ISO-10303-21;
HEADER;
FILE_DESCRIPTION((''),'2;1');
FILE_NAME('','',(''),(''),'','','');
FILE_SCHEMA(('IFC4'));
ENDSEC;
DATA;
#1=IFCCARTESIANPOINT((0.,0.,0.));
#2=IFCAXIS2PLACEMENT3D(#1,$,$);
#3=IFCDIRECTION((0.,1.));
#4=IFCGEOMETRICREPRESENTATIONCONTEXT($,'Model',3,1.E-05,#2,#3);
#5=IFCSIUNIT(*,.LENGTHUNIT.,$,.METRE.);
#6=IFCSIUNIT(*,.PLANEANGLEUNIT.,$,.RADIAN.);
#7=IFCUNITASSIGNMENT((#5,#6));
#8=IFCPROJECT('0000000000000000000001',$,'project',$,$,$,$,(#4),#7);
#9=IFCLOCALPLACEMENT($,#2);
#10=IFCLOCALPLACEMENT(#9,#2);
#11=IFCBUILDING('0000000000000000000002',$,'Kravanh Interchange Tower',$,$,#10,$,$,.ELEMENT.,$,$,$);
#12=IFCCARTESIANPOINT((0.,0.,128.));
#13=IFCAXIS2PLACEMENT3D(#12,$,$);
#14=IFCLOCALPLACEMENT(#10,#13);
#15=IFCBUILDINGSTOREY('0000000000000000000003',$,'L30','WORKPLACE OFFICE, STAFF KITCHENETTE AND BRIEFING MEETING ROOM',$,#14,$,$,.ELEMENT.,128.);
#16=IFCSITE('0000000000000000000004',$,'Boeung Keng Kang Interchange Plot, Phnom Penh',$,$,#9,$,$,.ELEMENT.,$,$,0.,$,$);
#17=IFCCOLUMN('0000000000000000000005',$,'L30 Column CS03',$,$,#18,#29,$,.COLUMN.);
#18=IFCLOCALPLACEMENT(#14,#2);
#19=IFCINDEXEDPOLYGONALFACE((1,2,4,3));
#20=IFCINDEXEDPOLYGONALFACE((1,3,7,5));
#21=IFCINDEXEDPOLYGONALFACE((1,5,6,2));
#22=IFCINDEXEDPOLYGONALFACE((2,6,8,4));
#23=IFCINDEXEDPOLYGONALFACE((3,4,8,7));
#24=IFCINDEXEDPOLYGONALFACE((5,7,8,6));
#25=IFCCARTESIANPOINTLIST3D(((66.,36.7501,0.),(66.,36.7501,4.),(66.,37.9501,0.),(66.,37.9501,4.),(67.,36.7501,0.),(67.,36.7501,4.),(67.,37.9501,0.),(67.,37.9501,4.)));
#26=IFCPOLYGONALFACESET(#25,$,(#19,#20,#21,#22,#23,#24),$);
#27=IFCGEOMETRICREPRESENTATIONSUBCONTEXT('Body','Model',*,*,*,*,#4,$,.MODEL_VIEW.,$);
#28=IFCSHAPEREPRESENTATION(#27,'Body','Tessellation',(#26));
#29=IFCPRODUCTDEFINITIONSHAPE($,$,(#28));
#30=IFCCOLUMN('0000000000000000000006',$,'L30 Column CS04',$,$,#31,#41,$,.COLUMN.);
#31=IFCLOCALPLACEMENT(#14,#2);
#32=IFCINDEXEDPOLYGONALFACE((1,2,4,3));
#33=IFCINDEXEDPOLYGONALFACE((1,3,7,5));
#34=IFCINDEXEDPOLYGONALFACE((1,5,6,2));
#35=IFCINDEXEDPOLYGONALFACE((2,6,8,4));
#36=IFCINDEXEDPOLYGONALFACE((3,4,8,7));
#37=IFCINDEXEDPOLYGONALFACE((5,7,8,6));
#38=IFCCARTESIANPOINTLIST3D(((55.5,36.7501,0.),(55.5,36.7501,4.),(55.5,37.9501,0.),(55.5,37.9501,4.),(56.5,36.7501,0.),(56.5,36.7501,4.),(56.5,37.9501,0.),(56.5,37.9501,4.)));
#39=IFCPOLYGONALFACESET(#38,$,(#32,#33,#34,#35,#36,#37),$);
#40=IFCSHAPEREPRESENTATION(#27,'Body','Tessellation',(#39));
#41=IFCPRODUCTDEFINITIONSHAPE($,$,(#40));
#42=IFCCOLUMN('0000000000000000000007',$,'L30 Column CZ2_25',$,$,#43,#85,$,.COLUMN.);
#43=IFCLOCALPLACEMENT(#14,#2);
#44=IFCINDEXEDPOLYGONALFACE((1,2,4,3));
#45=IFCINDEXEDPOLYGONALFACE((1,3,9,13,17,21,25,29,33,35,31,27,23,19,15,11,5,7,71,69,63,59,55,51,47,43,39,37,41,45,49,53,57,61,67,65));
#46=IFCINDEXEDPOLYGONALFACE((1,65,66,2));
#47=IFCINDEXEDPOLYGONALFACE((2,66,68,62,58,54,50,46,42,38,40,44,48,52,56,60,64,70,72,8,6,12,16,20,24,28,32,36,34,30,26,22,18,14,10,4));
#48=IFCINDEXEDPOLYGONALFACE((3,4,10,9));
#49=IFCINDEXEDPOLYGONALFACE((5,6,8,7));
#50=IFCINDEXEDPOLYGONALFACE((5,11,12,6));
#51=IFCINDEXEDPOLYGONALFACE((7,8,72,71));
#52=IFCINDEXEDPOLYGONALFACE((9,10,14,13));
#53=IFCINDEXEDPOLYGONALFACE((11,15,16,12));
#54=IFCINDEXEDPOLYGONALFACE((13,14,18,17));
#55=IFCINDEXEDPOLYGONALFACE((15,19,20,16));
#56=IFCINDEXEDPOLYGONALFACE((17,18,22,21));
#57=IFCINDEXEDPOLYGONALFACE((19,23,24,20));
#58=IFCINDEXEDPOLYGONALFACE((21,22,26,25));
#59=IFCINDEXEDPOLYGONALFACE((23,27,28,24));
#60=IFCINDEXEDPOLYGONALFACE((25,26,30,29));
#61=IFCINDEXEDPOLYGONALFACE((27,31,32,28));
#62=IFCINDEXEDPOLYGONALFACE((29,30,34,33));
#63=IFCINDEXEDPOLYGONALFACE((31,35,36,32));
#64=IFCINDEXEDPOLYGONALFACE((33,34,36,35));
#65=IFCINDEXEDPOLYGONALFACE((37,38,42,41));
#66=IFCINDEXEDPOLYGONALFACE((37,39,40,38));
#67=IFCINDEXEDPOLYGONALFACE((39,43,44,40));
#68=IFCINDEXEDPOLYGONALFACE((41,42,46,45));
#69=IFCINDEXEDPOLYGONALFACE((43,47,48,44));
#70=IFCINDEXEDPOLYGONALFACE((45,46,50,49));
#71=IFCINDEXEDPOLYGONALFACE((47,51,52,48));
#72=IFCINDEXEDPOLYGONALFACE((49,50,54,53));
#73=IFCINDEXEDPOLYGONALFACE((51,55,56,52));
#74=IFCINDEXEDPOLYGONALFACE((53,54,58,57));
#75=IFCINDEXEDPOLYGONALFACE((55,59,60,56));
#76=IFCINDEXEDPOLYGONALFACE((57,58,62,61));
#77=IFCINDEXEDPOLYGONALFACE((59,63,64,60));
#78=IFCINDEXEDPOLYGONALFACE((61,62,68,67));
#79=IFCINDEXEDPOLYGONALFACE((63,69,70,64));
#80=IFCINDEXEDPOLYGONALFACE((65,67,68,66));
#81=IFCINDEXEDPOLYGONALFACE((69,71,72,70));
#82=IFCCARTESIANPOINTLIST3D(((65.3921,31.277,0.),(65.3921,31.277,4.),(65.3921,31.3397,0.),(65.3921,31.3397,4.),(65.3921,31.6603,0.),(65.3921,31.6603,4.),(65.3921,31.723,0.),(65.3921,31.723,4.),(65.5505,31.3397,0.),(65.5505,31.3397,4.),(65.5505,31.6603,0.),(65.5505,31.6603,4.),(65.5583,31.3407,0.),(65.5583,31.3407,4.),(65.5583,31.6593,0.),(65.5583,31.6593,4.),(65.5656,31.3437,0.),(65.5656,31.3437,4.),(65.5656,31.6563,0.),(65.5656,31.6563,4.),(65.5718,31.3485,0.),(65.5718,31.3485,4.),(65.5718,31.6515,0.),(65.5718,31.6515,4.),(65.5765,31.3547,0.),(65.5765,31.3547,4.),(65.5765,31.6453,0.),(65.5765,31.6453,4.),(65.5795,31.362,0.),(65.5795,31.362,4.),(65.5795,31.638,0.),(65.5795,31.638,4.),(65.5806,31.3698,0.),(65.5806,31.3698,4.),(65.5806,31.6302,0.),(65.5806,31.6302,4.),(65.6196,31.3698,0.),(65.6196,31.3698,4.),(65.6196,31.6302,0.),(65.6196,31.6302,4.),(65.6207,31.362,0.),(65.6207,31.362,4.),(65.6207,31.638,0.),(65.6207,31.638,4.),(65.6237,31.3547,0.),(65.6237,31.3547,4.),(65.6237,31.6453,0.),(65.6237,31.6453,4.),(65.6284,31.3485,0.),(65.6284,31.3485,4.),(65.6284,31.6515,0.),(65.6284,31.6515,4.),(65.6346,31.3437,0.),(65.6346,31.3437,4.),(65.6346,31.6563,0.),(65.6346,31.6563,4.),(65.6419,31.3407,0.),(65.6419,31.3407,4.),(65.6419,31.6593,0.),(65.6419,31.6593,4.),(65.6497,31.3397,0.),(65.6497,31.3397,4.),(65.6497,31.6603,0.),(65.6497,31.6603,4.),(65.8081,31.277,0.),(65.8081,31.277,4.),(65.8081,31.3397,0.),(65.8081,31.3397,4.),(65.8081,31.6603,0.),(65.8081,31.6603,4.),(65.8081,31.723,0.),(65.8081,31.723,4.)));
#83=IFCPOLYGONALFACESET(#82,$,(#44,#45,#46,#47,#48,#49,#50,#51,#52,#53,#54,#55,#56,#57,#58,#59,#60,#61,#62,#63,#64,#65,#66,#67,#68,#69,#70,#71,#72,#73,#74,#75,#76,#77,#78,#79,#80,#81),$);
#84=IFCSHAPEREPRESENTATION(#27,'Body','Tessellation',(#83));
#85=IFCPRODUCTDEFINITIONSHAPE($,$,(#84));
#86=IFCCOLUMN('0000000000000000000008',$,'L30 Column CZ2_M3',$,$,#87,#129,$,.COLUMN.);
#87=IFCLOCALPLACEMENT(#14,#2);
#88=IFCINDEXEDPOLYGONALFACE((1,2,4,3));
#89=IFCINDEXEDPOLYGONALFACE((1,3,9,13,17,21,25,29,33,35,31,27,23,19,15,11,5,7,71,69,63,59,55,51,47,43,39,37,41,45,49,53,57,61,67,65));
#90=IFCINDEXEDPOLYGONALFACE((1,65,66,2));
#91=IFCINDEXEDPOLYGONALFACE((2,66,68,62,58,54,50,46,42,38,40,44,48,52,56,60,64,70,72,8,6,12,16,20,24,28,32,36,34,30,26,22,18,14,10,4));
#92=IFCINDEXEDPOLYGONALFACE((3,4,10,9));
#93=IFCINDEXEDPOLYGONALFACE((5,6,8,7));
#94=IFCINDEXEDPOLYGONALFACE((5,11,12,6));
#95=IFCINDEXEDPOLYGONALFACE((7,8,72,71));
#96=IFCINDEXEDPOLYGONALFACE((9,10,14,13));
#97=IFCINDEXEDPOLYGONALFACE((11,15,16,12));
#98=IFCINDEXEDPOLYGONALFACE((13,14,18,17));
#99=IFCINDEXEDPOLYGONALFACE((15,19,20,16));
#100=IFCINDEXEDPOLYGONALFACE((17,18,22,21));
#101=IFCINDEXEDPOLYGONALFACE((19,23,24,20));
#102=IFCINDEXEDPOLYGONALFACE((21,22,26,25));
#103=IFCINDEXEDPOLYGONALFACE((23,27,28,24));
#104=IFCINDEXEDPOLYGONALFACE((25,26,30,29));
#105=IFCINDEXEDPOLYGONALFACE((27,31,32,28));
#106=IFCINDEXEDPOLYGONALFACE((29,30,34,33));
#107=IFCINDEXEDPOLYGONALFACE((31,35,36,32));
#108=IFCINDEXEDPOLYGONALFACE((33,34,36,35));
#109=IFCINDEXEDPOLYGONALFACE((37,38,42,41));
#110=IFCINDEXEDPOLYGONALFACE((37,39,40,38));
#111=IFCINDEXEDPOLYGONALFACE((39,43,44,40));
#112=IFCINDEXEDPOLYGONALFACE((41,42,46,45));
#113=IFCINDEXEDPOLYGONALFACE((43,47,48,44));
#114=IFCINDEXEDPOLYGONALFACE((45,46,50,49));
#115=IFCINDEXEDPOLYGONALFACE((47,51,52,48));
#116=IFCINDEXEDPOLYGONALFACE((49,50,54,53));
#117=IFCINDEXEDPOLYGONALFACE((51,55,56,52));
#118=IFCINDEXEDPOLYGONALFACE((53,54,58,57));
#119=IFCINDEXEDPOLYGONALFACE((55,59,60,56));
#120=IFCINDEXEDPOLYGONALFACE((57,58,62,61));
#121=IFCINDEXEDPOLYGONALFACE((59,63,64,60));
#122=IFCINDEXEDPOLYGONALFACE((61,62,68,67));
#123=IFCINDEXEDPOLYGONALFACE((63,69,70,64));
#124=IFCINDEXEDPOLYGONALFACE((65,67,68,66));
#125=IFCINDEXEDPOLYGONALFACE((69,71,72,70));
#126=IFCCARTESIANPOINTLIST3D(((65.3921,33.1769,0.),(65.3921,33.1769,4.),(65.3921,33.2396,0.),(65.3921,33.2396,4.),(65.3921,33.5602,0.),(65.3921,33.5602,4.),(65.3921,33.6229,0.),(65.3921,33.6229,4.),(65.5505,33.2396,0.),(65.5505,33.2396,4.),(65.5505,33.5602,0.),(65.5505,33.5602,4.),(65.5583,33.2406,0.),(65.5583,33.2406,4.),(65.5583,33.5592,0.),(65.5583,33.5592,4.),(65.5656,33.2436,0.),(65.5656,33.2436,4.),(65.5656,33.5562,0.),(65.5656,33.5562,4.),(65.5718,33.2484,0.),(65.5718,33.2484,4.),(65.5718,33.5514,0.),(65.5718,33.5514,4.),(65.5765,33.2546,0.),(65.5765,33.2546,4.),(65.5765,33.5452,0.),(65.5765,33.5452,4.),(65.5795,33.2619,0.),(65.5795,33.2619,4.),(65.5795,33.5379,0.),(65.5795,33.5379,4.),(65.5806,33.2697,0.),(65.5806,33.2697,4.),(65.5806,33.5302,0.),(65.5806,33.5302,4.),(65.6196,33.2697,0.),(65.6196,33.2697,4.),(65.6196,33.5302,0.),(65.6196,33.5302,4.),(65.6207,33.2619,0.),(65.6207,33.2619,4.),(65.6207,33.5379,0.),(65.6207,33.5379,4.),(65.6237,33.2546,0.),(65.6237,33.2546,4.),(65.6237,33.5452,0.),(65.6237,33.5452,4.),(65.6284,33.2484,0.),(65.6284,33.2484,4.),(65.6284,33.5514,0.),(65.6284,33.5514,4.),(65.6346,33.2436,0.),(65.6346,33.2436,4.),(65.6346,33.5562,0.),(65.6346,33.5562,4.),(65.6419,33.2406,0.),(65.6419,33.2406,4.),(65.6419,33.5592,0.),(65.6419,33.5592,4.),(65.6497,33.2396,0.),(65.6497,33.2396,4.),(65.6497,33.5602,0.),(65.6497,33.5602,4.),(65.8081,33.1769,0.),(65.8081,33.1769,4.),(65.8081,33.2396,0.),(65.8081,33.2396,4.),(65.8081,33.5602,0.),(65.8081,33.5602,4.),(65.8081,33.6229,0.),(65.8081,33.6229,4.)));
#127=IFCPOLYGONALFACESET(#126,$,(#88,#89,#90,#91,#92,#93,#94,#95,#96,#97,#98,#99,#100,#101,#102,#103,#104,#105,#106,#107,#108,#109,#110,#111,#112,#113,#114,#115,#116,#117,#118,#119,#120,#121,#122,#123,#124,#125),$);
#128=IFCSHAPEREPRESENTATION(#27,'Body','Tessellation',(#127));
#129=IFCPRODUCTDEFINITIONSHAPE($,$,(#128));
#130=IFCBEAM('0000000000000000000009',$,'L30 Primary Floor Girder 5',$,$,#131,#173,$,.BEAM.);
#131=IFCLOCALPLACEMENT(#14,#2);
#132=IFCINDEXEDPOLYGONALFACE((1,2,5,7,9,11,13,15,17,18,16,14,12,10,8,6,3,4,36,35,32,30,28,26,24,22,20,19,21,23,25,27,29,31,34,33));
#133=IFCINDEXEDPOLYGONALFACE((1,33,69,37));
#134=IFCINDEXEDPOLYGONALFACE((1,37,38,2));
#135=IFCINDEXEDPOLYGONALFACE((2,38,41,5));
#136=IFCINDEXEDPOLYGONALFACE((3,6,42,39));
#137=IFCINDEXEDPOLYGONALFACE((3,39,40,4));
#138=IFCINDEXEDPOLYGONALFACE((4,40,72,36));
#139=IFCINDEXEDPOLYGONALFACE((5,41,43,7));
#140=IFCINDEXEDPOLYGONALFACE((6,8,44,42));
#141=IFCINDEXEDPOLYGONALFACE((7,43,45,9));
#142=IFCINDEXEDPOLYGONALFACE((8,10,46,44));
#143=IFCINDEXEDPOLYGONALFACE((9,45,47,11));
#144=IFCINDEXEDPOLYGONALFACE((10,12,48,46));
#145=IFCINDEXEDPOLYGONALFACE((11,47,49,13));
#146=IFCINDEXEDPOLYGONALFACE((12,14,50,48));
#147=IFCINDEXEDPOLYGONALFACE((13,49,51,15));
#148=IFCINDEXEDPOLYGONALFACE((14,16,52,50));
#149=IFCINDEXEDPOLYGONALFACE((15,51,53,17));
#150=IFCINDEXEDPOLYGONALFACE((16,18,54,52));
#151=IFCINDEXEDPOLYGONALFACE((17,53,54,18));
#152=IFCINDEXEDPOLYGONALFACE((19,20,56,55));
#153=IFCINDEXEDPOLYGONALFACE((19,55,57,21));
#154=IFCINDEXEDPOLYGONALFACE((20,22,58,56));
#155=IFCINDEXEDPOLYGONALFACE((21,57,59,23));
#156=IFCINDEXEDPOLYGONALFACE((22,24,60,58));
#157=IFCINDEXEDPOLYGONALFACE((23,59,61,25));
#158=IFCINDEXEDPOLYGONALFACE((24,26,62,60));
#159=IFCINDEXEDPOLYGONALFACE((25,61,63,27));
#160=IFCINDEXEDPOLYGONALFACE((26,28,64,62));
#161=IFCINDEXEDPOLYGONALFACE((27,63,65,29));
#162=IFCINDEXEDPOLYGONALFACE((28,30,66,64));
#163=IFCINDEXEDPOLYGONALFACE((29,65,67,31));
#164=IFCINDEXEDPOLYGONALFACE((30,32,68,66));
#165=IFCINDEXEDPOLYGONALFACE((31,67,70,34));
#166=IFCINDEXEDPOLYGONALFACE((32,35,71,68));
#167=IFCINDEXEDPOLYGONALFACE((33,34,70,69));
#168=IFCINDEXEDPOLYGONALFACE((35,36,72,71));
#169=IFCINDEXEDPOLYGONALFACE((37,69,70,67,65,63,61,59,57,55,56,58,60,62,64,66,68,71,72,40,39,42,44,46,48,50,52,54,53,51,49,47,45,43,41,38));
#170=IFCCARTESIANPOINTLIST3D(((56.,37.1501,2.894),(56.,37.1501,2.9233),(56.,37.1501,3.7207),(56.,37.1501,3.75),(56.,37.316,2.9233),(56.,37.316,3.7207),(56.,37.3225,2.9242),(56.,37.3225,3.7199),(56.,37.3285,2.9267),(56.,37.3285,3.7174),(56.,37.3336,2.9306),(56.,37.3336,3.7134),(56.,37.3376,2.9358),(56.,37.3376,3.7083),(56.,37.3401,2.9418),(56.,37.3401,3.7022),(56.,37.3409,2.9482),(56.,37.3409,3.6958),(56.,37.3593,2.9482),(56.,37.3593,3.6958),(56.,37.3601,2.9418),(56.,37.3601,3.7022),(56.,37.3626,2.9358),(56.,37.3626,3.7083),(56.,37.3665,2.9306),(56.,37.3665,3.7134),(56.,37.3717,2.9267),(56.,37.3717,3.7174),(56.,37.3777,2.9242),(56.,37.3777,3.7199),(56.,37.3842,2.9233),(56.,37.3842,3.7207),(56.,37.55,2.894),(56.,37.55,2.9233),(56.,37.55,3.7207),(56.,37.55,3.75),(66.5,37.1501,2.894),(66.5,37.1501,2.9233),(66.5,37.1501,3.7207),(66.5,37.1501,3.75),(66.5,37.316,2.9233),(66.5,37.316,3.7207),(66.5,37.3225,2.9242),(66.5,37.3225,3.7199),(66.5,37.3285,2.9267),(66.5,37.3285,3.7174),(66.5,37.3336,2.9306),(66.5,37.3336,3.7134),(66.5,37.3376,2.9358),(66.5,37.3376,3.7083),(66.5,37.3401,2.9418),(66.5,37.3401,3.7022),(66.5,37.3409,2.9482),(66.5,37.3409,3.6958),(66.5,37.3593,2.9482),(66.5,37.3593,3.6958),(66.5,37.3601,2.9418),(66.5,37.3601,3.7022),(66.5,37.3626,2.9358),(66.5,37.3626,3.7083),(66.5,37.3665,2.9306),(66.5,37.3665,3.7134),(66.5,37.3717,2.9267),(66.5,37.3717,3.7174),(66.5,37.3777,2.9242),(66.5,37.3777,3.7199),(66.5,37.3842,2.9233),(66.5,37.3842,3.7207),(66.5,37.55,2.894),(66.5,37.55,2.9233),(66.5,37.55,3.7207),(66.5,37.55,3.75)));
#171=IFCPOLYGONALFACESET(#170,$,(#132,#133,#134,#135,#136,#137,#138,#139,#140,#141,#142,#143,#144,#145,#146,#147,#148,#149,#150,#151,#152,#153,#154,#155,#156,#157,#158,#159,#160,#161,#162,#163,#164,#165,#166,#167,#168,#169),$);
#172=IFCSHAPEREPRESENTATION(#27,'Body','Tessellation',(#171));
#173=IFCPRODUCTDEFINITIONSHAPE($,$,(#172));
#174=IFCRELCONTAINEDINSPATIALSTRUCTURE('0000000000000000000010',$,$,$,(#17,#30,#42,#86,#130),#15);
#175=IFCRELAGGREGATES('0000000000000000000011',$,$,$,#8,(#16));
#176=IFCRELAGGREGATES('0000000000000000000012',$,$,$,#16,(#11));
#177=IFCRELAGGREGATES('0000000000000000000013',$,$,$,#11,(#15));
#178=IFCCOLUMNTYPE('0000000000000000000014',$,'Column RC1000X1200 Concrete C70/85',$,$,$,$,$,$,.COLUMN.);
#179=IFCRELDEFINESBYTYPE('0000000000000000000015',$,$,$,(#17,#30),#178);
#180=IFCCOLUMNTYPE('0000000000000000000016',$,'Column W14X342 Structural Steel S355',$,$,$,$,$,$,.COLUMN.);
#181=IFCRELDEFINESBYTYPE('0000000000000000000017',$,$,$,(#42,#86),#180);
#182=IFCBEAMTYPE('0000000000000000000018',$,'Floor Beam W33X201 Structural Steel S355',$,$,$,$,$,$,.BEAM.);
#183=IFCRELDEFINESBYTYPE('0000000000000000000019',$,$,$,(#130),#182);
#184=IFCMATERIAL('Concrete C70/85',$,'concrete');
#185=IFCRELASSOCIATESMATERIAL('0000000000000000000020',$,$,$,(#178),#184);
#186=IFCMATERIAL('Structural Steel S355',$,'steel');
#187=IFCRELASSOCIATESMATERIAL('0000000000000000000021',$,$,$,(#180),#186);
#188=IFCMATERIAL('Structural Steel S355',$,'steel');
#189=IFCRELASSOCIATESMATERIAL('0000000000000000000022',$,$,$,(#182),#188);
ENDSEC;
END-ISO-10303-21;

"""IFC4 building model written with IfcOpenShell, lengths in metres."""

from ifc_helpers import new_model, si_unit, direction, frame, origin, origin_2d, place, context, subcontext, project, spatial, rectangle, i_section, extrude, material, material_profile, profile_set, type_object, element, save


model = new_model("IFC4")

# Units and contexts
model_context = context("Model", 3, precision=1e-05, world=origin(), true_north=direction((0.0, 1.0)))
body_context = subcontext(model_context, "Body", "Model", "MODEL_VIEW")
ifc_project = project(units=[si_unit("LENGTHUNIT", "METRE"), si_unit("PLANEANGLEUNIT", "RADIAN")], contexts=[model_context])

# Site, building, storey
site_placement = place(None, origin())
site = spatial("IfcSite", under=ifc_project, at=site_placement, Name="Boeung Keng Kang Interchange Plot, Phnom Penh", CompositionType="ELEMENT", RefElevation=0.0)
building_placement = place(site_placement, origin())
building = spatial("IfcBuilding", under=site, at=building_placement, Name="Kravanh Interchange Tower", CompositionType="ELEMENT")
storey_placement = place(building_placement, frame((0.0, 0.0, 128.0)))
storey = spatial("IfcBuildingStorey", under=building, at=storey_placement, Name="L30", Description="WORKPLACE OFFICE, STAFF KITCHENETTE AND BRIEFING MEETING ROOM", CompositionType="ELEMENT", Elevation=128.0)

# Columns
ifc_material_1 = material(Name="Concrete C70/85", Category="concrete")
ifc_material_profile_1 = material_profile(ifc_material_1, rectangle(XDim=1.0, YDim=1.2, at=origin_2d()), Name="RC1000X1200")
ifc_profile_set_1 = profile_set([ifc_material_profile_1], Name="Concrete C70/85")
column_type_1 = type_object("IfcColumnType", Name="Column RC1000X1200 Concrete C70/85", PredefinedType="COLUMN", material=ifc_profile_set_1)
for number, where, z_axis, x_axis, name in (
    (1, (66.5, 37.3501, 0.0), (0.0, 0.0, 1.0), (1.0, 0.0, 0.0), "L30 Column CS03"),
    (2, (56.0, 37.3501, 0.0), (0.0, 0.0, 1.0), (1.0, 0.0, 0.0), "L30 Column CS04"),
):
    element("IfcColumn", number, at=place(storey_placement, frame(where, z_axis=z_axis, x_axis=x_axis)), inside=storey, type_object=column_type_1, Name=name, PredefinedType="COLUMN", context=body_context, shape_type="SweptSolid", body=[
        extrude(rectangle(XDim=1.0, YDim=1.2, at=origin_2d()), origin(), (0.0, 0.0, 1.0), 4.0),
    ])
ifc_material_2 = material(Name="Structural Steel S355", Category="steel")
ifc_material_profile_2 = material_profile(ifc_material_2, i_section(OverallWidth=0.416, OverallDepth=0.446, WebThickness=0.0391, FlangeThickness=0.0627, FilletRadius=0.03, at=origin_2d()), Name="W14X342")
ifc_profile_set_2 = profile_set([ifc_material_profile_2], Name="Structural Steel S355")
column_type_2 = type_object("IfcColumnType", Name="Column W14X342 Structural Steel S355", PredefinedType="COLUMN", material=ifc_profile_set_2)
for number, where, z_axis, x_axis, name in (
    (3, (65.6001, 31.5, 0.0), (0.0, 0.0, 1.0), (1.0, 0.0, 0.0), "L30 Column CZ2_25"),
    (4, (65.6001, 33.3999, 0.0), (0.0, 0.0, 1.0), (1.0, 0.0, 0.0), "L30 Column CZ2_M3"),
):
    element("IfcColumn", number, at=place(storey_placement, frame(where, z_axis=z_axis, x_axis=x_axis)), inside=storey, type_object=column_type_2, Name=name, PredefinedType="COLUMN", context=body_context, shape_type="SweptSolid", body=[
        extrude(i_section(OverallWidth=0.416, OverallDepth=0.446, WebThickness=0.0391, FlangeThickness=0.0627, FilletRadius=0.03, at=origin_2d()), origin(), (0.0, 0.0, 1.0), 4.0),
    ])

# Beam
ifc_material_3 = material(Name="Structural Steel S355", Category="steel")
ifc_material_profile_3 = material_profile(ifc_material_3, i_section(OverallWidth=0.3999, OverallDepth=0.856, WebThickness=0.0183, FlangeThickness=0.0293, FilletRadius=0.0249, at=origin_2d()), Name="W33X201")
ifc_profile_set_3 = profile_set([ifc_material_profile_3], Name="Structural Steel S355")
beam_type_1 = type_object("IfcBeamType", Name="Floor Beam W33X201 Structural Steel S355", PredefinedType="BEAM", material=ifc_profile_set_3)
beam_1_placement = place(storey_placement, frame((66.5, 37.3501, 3.322), z_axis=(-1.0, 0.0, 0.0), x_axis=(0.0, -1.0, 0.0)))
element("IfcBeam", 5, at=beam_1_placement, inside=storey, type_object=beam_type_1, Name="L30 Primary Floor Girder 5", PredefinedType="BEAM", context=body_context, shape_type="SweptSolid", body=[
    extrude(i_section(OverallWidth=0.3999, OverallDepth=0.856, WebThickness=0.0183, FlangeThickness=0.0293, FilletRadius=0.0249, at=origin_2d()), origin(), (0.0, 0.0, 1.0), 10.5),
])

save(model, "model.ifc")
